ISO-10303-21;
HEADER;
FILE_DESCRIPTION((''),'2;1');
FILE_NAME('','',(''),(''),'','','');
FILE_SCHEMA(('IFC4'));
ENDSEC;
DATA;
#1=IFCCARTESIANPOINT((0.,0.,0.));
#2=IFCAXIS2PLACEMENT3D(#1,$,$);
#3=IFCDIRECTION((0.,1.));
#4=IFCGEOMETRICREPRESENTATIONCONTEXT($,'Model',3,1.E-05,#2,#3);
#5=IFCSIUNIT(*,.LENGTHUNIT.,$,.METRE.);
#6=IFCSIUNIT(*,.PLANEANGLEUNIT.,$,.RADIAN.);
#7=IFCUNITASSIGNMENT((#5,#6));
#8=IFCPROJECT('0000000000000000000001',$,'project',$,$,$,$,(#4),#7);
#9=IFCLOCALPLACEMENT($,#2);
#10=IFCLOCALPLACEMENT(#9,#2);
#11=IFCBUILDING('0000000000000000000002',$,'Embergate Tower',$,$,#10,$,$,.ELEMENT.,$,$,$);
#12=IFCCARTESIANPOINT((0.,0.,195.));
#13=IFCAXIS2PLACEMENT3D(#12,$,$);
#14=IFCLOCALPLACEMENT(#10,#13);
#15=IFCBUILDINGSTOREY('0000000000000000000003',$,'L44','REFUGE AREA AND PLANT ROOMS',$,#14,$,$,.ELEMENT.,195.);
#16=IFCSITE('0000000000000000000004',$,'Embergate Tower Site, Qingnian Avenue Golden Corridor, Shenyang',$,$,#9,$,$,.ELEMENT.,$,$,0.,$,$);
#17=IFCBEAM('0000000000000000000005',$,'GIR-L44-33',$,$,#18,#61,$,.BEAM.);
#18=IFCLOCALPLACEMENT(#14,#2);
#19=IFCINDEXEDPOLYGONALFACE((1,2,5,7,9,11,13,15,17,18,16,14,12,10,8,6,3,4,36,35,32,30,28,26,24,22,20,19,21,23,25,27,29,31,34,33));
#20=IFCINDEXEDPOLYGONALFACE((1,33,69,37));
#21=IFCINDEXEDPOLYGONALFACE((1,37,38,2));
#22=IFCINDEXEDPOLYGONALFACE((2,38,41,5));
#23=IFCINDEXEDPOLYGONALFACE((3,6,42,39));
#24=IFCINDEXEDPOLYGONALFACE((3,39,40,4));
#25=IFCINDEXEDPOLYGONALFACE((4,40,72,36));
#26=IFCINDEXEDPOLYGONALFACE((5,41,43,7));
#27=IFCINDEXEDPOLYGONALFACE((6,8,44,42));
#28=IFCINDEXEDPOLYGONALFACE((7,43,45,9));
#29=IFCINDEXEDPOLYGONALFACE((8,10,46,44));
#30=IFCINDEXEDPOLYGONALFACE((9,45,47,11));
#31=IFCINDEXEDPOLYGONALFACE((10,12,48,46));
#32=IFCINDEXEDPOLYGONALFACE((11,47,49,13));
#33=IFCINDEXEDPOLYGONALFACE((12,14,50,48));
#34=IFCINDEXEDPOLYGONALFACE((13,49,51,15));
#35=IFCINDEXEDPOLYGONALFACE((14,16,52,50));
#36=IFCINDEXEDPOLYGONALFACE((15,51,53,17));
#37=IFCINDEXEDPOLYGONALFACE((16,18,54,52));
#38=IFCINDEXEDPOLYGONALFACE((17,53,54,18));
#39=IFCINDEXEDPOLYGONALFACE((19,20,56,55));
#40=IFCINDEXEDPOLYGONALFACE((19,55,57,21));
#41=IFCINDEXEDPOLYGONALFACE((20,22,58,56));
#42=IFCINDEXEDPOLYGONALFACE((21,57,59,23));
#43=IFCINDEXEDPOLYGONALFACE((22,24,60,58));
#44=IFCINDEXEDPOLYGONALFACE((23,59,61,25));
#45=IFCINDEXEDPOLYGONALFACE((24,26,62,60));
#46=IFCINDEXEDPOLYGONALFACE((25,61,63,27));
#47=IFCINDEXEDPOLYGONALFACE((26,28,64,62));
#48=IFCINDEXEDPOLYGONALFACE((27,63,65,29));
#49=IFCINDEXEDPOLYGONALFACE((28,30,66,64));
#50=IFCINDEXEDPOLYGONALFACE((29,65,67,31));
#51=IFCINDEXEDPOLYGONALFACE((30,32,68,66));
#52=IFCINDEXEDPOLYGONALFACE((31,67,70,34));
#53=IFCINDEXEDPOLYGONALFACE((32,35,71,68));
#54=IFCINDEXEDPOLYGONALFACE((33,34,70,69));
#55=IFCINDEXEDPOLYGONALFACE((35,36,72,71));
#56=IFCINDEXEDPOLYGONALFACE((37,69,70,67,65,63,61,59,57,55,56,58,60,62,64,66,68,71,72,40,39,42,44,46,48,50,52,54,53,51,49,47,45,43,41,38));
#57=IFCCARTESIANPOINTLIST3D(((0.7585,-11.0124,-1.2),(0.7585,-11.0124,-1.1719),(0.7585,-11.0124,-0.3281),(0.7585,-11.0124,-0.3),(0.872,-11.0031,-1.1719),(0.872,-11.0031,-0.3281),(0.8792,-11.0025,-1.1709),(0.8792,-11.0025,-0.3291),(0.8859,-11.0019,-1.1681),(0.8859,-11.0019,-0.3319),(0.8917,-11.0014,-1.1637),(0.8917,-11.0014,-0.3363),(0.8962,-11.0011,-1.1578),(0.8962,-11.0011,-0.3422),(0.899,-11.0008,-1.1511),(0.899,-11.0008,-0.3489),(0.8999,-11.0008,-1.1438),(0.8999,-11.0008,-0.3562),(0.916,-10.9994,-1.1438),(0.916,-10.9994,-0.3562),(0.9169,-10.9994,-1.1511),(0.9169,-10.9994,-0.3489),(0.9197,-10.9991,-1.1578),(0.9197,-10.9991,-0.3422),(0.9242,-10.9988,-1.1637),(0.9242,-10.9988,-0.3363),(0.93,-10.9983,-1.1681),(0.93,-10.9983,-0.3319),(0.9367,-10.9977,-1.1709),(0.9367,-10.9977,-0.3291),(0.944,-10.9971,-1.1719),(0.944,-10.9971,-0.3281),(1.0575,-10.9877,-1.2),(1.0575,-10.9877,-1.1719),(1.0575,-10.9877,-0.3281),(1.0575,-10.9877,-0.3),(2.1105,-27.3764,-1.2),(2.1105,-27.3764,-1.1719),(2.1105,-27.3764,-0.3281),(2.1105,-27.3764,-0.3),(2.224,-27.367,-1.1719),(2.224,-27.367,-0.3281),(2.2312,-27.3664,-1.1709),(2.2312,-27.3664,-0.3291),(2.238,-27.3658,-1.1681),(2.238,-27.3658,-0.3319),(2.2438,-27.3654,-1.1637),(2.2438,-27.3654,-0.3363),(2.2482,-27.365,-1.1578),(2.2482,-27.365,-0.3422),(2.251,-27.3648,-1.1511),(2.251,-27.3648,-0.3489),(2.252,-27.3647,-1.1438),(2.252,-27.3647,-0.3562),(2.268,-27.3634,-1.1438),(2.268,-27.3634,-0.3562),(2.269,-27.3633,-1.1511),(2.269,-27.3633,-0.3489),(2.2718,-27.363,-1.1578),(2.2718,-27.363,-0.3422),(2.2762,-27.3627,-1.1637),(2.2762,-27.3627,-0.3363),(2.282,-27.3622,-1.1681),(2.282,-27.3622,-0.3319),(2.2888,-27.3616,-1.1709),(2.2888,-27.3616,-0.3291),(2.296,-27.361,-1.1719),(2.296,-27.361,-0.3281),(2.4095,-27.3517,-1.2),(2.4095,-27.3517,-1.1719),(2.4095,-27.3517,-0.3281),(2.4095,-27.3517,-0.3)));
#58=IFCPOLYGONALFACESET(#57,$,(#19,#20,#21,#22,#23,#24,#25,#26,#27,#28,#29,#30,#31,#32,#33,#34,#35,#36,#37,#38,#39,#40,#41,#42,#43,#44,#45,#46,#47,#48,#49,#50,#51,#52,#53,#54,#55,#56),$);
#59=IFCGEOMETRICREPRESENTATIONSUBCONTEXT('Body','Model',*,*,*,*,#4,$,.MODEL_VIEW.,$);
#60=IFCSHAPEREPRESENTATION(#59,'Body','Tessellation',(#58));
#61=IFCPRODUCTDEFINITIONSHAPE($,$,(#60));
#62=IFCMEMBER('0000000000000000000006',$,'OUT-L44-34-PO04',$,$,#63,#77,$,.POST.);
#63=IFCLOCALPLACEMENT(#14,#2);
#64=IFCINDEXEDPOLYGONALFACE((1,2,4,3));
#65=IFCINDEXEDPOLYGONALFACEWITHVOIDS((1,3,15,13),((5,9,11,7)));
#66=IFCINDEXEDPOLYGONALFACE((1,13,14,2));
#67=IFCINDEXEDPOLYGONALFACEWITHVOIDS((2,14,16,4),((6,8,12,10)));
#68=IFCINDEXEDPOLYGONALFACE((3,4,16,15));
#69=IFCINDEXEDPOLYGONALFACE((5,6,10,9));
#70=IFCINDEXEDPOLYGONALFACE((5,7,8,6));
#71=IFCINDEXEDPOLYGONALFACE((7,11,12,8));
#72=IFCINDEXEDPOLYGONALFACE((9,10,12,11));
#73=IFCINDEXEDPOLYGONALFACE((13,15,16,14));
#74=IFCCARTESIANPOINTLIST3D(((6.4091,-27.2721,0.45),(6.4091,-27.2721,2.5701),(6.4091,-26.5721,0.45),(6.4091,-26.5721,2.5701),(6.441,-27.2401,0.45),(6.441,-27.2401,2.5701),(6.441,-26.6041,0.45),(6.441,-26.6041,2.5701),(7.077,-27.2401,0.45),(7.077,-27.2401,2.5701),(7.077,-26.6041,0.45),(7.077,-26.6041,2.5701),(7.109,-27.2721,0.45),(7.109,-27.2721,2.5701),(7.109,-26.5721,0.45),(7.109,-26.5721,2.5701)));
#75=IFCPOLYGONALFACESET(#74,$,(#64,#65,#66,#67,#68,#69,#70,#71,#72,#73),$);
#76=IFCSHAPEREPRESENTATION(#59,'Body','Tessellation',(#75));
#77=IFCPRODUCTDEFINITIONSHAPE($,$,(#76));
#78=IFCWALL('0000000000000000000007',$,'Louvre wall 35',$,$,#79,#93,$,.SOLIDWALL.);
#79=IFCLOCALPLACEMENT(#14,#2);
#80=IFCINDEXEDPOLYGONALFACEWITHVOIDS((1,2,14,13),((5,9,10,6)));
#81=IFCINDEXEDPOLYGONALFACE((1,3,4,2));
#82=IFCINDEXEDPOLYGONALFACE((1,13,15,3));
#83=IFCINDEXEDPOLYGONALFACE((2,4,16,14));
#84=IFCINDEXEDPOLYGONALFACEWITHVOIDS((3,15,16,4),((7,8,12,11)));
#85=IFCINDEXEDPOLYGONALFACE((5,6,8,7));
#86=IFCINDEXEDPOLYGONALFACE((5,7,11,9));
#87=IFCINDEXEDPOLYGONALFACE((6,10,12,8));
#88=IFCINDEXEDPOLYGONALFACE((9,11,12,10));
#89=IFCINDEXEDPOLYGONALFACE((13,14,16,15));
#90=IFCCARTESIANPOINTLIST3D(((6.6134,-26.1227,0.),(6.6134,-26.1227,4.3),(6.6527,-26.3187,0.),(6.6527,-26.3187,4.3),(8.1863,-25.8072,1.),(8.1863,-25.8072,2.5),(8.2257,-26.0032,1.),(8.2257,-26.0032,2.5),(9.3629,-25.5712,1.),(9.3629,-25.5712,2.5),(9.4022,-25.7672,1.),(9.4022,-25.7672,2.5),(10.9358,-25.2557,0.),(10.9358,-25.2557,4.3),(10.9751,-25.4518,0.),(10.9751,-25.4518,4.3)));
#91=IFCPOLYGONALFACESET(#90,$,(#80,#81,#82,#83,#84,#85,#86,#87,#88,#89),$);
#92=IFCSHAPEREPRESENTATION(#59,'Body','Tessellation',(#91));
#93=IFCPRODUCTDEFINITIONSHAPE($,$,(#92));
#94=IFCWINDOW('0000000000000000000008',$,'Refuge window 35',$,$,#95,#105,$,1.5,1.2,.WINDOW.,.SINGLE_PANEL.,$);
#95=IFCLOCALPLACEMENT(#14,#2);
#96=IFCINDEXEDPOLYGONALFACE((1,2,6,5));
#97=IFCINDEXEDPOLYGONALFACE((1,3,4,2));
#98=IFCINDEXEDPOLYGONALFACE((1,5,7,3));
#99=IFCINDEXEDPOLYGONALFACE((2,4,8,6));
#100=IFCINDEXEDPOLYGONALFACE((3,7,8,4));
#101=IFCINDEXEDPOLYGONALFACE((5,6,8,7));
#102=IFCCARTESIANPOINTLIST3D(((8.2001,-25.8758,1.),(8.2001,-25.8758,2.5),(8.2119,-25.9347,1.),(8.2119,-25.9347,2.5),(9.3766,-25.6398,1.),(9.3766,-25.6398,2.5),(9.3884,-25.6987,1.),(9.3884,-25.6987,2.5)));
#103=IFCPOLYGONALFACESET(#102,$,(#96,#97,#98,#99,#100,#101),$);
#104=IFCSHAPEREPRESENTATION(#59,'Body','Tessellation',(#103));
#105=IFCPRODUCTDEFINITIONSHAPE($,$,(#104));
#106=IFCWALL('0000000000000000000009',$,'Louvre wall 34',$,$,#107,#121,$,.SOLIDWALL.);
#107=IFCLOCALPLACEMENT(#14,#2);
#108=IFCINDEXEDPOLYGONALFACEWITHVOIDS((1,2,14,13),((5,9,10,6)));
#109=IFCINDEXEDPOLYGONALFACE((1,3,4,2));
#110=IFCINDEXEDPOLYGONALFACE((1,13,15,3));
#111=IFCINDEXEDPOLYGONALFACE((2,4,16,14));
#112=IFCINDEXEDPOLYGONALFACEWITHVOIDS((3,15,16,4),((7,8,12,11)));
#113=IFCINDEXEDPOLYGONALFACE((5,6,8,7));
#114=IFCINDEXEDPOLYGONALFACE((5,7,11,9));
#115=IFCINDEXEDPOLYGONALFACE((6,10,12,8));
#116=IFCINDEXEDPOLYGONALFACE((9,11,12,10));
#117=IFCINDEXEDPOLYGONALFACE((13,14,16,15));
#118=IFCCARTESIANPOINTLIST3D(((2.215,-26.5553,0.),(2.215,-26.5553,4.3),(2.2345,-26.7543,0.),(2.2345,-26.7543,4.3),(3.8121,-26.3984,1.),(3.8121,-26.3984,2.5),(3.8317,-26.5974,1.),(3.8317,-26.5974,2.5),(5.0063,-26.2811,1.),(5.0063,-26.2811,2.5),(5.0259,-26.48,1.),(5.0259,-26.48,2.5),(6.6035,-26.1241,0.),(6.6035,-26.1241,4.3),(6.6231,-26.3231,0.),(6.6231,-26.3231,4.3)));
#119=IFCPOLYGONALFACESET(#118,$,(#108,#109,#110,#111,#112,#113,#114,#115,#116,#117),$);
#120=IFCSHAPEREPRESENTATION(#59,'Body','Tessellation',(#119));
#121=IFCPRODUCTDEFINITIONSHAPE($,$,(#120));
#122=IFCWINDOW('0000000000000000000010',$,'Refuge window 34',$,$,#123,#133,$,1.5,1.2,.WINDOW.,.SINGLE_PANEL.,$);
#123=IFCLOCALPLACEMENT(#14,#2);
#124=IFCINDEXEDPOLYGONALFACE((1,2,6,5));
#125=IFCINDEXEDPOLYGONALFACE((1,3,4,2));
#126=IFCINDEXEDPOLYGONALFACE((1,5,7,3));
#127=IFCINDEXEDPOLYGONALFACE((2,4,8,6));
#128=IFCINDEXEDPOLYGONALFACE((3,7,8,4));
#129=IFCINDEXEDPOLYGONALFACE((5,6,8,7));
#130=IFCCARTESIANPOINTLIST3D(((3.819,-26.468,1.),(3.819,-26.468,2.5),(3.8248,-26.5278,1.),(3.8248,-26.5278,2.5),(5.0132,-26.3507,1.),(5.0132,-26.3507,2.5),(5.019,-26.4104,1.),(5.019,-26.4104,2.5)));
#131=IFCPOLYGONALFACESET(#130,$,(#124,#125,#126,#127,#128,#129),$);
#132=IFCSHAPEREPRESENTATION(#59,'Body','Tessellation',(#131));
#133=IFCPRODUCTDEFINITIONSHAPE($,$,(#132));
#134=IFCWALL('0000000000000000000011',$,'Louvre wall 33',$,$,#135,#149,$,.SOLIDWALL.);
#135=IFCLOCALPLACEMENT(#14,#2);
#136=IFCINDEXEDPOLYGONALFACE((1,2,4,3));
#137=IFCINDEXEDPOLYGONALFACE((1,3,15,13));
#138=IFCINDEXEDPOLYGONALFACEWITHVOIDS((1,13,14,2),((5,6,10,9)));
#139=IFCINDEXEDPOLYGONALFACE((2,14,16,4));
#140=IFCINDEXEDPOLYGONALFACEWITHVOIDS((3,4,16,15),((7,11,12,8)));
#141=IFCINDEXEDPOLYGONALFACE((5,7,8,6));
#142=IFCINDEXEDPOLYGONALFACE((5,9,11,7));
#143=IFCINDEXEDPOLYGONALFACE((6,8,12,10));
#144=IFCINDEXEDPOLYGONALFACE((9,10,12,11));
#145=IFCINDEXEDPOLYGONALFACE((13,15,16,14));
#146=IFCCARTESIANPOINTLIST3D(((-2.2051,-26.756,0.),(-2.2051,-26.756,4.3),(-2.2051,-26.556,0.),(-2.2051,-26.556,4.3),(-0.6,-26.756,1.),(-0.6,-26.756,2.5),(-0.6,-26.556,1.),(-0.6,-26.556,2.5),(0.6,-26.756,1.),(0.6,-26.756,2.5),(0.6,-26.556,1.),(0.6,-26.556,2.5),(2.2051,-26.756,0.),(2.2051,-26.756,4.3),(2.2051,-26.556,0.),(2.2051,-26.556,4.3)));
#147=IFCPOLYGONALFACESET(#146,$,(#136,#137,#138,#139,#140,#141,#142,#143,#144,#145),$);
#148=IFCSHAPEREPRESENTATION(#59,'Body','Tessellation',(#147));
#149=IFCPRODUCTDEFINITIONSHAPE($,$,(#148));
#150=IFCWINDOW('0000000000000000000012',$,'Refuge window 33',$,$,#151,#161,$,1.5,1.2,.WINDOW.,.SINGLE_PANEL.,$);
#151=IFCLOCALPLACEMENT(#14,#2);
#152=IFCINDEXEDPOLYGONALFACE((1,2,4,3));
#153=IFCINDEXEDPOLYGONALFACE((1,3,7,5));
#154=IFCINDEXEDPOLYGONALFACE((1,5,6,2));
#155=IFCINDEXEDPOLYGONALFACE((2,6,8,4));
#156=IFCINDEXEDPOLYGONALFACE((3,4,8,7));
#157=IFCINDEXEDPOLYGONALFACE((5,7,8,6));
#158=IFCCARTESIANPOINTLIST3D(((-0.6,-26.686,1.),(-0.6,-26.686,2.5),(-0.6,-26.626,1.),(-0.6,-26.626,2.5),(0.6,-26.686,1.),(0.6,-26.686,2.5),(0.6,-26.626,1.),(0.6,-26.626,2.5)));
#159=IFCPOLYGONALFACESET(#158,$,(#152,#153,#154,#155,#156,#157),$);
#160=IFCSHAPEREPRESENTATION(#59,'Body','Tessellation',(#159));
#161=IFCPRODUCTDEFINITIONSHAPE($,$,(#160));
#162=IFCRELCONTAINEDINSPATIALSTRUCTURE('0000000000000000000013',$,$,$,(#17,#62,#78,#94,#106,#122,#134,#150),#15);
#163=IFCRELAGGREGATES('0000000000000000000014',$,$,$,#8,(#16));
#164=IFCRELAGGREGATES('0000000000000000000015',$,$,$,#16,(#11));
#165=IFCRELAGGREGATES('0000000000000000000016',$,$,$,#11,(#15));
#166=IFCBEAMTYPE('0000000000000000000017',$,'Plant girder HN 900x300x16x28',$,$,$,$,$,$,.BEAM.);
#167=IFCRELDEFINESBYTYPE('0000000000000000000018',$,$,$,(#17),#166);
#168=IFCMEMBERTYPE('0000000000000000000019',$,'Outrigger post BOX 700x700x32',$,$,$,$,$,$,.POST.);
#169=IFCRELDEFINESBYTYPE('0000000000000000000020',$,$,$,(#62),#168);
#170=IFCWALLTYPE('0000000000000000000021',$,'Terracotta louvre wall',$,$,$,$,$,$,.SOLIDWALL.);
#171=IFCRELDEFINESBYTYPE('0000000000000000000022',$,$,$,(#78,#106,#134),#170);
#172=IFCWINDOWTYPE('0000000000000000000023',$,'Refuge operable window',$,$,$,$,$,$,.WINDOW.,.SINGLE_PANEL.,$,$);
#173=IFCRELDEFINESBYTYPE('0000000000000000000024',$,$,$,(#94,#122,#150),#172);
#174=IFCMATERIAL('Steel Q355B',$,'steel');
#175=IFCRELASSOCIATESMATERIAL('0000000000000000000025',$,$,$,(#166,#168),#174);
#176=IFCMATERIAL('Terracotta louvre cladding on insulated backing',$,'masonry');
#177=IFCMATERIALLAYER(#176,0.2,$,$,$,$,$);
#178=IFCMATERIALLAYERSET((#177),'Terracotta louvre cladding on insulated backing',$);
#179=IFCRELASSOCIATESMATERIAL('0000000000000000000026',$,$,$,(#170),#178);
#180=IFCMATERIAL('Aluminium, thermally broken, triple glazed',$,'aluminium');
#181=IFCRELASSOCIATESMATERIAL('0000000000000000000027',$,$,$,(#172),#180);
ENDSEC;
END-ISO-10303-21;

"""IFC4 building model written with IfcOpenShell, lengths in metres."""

from ifc_helpers import new_model, si_unit, direction, frame, frame_2d, origin, origin_2d, place, context, subcontext, project, spatial, rectangle, hollow_rectangle, i_section, extrude, source, transform, mapped, material, layer, layer_set, material_profile, profile_set, type_object, element, fill, save


model = new_model("IFC4")

# Units and contexts
model_context = context("Model", 3, precision=1e-05, world=origin(), true_north=direction((0.0, 1.0)))
body_context = subcontext(model_context, "Body", "Model", "MODEL_VIEW")
ifc_project = project(units=[si_unit("LENGTHUNIT", "METRE"), si_unit("PLANEANGLEUNIT", "RADIAN")], contexts=[model_context])

# Site, building, storey
site_placement = place(None, origin())
site = spatial("IfcSite", under=ifc_project, at=site_placement, Name="Embergate Tower Site, Qingnian Avenue Golden Corridor, Shenyang", CompositionType="ELEMENT", RefElevation=0.0)
building_placement = place(site_placement, origin())
building = spatial("IfcBuilding", under=site, at=building_placement, Name="Embergate Tower", CompositionType="ELEMENT")
storey_placement = place(building_placement, frame((0.0, 0.0, 195.0)))
storey = spatial("IfcBuildingStorey", under=building, at=storey_placement, Name="L44", Description="REFUGE AREA AND PLANT ROOMS", CompositionType="ELEMENT", Elevation=195.0)

# Beam
ifc_material_1 = material(Name="Steel Q355B", Category="steel")
ifc_material_profile_1 = material_profile(ifc_material_1, i_section(OverallWidth=0.3, OverallDepth=0.8999, WebThickness=0.0161, FlangeThickness=0.0281, FilletRadius=0.0281, at=origin_2d()), Name="HN 900x300x16x28")
ifc_profile_set_1 = profile_set([ifc_material_profile_1], Name="Steel Q355 grade B")
beam_type_1 = type_object("IfcBeamType", Name="Plant girder HN 900x300x16x28", PredefinedType="BEAM", material=ifc_profile_set_1)
shared_shape_1 = source(origin(), body_context, "Body", "SweptSolid", [
    extrude(i_section(OverallWidth=0.3, OverallDepth=0.8999, WebThickness=0.0161, FlangeThickness=0.0281, FilletRadius=0.0281, at=origin_2d()), origin(), (0.0, 0.0, 1.0), 16.4197),
])
beam_1_placement = place(storey_placement, frame((2.26, -27.364, -0.75), z_axis=(-0.082343, 0.996604, 0.0), x_axis=(-0.996604, -0.082343, 0.0)))
element("IfcBeam", 1, at=beam_1_placement, inside=storey, type_object=beam_type_1, Name="GIR-L44-33", PredefinedType="BEAM", context=body_context, shape_type="MappedRepresentation", body=[
    mapped(shared_shape_1, transform((0.0, 0.0, 0.0))),
])

# Member
ifc_material_profile_2 = material_profile(ifc_material_1, hollow_rectangle(XDim=0.7, YDim=0.7, WallThickness=0.032, at=origin_2d()), Name="BOX 700x700x32")
ifc_profile_set_2 = profile_set([ifc_material_profile_2], Name="Steel Q355 grade B")
member_type = type_object("IfcMemberType", Name="Outrigger post BOX 700x700x32", PredefinedType="POST", material=ifc_profile_set_2)
shared_shape_2 = source(origin(), body_context, "Body", "SweptSolid", [
    extrude(hollow_rectangle(XDim=0.7, YDim=0.7, WallThickness=0.032, at=origin_2d()), origin(), (0.0, 0.0, 1.0), 2.1201),
])
member_placement = place(storey_placement, frame((6.759, -26.9221, 0.45), z_axis=(0.0, 0.0, 1.0), x_axis=(1.0, 0.0, 0.0)))
element("IfcMember", 2, at=member_placement, inside=storey, type_object=member_type, Name="OUT-L44-34-PO04", PredefinedType="POST", context=body_context, shape_type="MappedRepresentation", body=[
    mapped(shared_shape_2, transform((0.0, 0.0, 0.0))),
])

# Walls, openings, windows
ifc_material_2 = material(Name="Terracotta louvre cladding on insulated backing", Category="masonry")
ifc_layer_1 = layer(ifc_material_2, 0.2)
ifc_layer_set_1 = layer_set([ifc_layer_1], Name="Terracotta louvre cladding on insulated backing")
wall_type_1 = type_object("IfcWallType", Name="Terracotta louvre wall", PredefinedType="SOLIDWALL", material=ifc_layer_set_1)
shared_shape_3 = source(origin(), body_context, "Body", "SweptSolid", [
    extrude(rectangle(XDim=4.4084, YDim=0.2, at=frame_2d((2.2041, 0.0))), origin(), (0.0, 0.0, 1.0), 4.3),
])
wall_1_placement = place(storey_placement, frame((10.9553, -25.3538, 0.0), z_axis=(0.0, 0.0, 1.0), x_axis=(-0.980472, -0.196659, 0.0)))
wall_1 = element("IfcWall", 3, at=wall_1_placement, inside=storey, type_object=wall_type_1, Name="Louvre wall 35", PredefinedType="SOLIDWALL", context=body_context, shape_type="MappedRepresentation", body=[
    mapped(shared_shape_3, transform((0.0, 0.0, 0.0))),
])
shared_shape_4 = source(origin(), body_context, "Body", "SweptSolid", [
    extrude(rectangle(XDim=1.2, YDim=1.5, at=frame_2d((0.6001, 0.75))), frame((0.0, 0.1099, 0.0), z_axis=(0.0, -1.0, 0.0), x_axis=(1.0, 0.0, 0.0)), (0.0, 0.0, 1.0), 0.22),
])
opening_1_placement = place(wall_1_placement, frame((1.604, 0.0, 1.0)))
opening_1 = element("IfcOpeningElement", 4, at=opening_1_placement, cuts=wall_1, PredefinedType="OPENING", context=body_context, shape_type="MappedRepresentation", body=[
    mapped(shared_shape_4, transform((0.0, 0.0, 0.0))),
])
ifc_material_3 = material(Name="Aluminium, thermally broken, triple glazed", Category="aluminium")
window_type = type_object("IfcWindowType", Name="Refuge operable window", PartitioningType="SINGLE_PANEL", PredefinedType="WINDOW", material=ifc_material_3)
shared_shape_5 = source(origin(), body_context, "Body", "SweptSolid", [
    extrude(rectangle(XDim=1.2, YDim=1.5, at=frame_2d((0.6001, 0.75))), frame((0.0, 0.03, 0.0), z_axis=(0.0, -1.0, 0.0), x_axis=(1.0, 0.0, 0.0)), (0.0, 0.0, 1.0), 0.0601),
])
window_1_placement = place(opening_1_placement, origin())
window_1 = element("IfcWindow", 5, at=window_1_placement, inside=storey, type_object=window_type, Name="Refuge window 35", OverallHeight=1.5, OverallWidth=1.2, PartitioningType="SINGLE_PANEL", PredefinedType="WINDOW", context=body_context, shape_type="MappedRepresentation", body=[
    mapped(shared_shape_5, transform((0.0, 0.0, 0.0))),
])
fill(opening_1, window_1)
shared_shape_6 = source(origin(), body_context, "Body", "SweptSolid", [
    extrude(rectangle(XDim=4.4097, YDim=0.2, at=frame_2d((2.2048, 0.0))), origin(), (0.0, 0.0, 1.0), 4.3),
])
wall_2_placement = place(storey_placement, frame((6.6133, -26.2236, 0.0), z_axis=(0.0, 0.0, 1.0), x_axis=(-0.995208, -0.097777, 0.0)))
wall_2 = element("IfcWall", 6, at=wall_2_placement, inside=storey, type_object=wall_type_1, Name="Louvre wall 34", PredefinedType="SOLIDWALL", context=body_context, shape_type="MappedRepresentation", body=[
    mapped(shared_shape_6, transform((0.0, 0.0, 0.0))),
])
opening_2_placement = place(wall_2_placement, frame((1.6047, 0.0, 1.0)))
opening_2 = element("IfcOpeningElement", 7, at=opening_2_placement, cuts=wall_2, PredefinedType="OPENING", context=body_context, shape_type="MappedRepresentation", body=[
    mapped(shared_shape_4, transform((0.0, 0.0, 0.0))),
])
window_2_placement = place(opening_2_placement, origin())
window_2 = element("IfcWindow", 8, at=window_2_placement, inside=storey, type_object=window_type, Name="Refuge window 34", OverallHeight=1.5, OverallWidth=1.2, PartitioningType="SINGLE_PANEL", PredefinedType="WINDOW", context=body_context, shape_type="MappedRepresentation", body=[
    mapped(shared_shape_5, transform((0.0, 0.0, 0.0))),
])
fill(opening_2, window_2)
shared_shape_7 = source(origin(), body_context, "Body", "SweptSolid", [
    extrude(rectangle(XDim=4.4102, YDim=0.2, at=frame_2d((2.2051, 0.0))), origin(), (0.0, 0.0, 1.0), 4.3),
])
wall_3_placement = place(storey_placement, frame((2.2051, -26.656, 0.0), z_axis=(0.0, 0.0, 1.0), x_axis=(-1.0, 0.0, 0.0)))
wall_3 = element("IfcWall", 9, at=wall_3_placement, inside=storey, type_object=wall_type_1, Name="Louvre wall 33", PredefinedType="SOLIDWALL", context=body_context, shape_type="MappedRepresentation", body=[
    mapped(shared_shape_7, transform((0.0, 0.0, 0.0))),
])
opening_3_placement = place(wall_3_placement, frame((1.605, 0.0, 1.0)))
opening_3 = element("IfcOpeningElement", 10, at=opening_3_placement, cuts=wall_3, PredefinedType="OPENING", context=body_context, shape_type="MappedRepresentation", body=[
    mapped(shared_shape_4, transform((0.0, 0.0, 0.0))),
])
window_3_placement = place(opening_3_placement, origin())
window_3 = element("IfcWindow", 11, at=window_3_placement, inside=storey, type_object=window_type, Name="Refuge window 33", OverallHeight=1.5, OverallWidth=1.2, PartitioningType="SINGLE_PANEL", PredefinedType="WINDOW", context=body_context, shape_type="MappedRepresentation", body=[
    mapped(shared_shape_5, transform((0.0, 0.0, 0.0))),
])
fill(opening_3, window_3)

save(model, "model.ifc")
